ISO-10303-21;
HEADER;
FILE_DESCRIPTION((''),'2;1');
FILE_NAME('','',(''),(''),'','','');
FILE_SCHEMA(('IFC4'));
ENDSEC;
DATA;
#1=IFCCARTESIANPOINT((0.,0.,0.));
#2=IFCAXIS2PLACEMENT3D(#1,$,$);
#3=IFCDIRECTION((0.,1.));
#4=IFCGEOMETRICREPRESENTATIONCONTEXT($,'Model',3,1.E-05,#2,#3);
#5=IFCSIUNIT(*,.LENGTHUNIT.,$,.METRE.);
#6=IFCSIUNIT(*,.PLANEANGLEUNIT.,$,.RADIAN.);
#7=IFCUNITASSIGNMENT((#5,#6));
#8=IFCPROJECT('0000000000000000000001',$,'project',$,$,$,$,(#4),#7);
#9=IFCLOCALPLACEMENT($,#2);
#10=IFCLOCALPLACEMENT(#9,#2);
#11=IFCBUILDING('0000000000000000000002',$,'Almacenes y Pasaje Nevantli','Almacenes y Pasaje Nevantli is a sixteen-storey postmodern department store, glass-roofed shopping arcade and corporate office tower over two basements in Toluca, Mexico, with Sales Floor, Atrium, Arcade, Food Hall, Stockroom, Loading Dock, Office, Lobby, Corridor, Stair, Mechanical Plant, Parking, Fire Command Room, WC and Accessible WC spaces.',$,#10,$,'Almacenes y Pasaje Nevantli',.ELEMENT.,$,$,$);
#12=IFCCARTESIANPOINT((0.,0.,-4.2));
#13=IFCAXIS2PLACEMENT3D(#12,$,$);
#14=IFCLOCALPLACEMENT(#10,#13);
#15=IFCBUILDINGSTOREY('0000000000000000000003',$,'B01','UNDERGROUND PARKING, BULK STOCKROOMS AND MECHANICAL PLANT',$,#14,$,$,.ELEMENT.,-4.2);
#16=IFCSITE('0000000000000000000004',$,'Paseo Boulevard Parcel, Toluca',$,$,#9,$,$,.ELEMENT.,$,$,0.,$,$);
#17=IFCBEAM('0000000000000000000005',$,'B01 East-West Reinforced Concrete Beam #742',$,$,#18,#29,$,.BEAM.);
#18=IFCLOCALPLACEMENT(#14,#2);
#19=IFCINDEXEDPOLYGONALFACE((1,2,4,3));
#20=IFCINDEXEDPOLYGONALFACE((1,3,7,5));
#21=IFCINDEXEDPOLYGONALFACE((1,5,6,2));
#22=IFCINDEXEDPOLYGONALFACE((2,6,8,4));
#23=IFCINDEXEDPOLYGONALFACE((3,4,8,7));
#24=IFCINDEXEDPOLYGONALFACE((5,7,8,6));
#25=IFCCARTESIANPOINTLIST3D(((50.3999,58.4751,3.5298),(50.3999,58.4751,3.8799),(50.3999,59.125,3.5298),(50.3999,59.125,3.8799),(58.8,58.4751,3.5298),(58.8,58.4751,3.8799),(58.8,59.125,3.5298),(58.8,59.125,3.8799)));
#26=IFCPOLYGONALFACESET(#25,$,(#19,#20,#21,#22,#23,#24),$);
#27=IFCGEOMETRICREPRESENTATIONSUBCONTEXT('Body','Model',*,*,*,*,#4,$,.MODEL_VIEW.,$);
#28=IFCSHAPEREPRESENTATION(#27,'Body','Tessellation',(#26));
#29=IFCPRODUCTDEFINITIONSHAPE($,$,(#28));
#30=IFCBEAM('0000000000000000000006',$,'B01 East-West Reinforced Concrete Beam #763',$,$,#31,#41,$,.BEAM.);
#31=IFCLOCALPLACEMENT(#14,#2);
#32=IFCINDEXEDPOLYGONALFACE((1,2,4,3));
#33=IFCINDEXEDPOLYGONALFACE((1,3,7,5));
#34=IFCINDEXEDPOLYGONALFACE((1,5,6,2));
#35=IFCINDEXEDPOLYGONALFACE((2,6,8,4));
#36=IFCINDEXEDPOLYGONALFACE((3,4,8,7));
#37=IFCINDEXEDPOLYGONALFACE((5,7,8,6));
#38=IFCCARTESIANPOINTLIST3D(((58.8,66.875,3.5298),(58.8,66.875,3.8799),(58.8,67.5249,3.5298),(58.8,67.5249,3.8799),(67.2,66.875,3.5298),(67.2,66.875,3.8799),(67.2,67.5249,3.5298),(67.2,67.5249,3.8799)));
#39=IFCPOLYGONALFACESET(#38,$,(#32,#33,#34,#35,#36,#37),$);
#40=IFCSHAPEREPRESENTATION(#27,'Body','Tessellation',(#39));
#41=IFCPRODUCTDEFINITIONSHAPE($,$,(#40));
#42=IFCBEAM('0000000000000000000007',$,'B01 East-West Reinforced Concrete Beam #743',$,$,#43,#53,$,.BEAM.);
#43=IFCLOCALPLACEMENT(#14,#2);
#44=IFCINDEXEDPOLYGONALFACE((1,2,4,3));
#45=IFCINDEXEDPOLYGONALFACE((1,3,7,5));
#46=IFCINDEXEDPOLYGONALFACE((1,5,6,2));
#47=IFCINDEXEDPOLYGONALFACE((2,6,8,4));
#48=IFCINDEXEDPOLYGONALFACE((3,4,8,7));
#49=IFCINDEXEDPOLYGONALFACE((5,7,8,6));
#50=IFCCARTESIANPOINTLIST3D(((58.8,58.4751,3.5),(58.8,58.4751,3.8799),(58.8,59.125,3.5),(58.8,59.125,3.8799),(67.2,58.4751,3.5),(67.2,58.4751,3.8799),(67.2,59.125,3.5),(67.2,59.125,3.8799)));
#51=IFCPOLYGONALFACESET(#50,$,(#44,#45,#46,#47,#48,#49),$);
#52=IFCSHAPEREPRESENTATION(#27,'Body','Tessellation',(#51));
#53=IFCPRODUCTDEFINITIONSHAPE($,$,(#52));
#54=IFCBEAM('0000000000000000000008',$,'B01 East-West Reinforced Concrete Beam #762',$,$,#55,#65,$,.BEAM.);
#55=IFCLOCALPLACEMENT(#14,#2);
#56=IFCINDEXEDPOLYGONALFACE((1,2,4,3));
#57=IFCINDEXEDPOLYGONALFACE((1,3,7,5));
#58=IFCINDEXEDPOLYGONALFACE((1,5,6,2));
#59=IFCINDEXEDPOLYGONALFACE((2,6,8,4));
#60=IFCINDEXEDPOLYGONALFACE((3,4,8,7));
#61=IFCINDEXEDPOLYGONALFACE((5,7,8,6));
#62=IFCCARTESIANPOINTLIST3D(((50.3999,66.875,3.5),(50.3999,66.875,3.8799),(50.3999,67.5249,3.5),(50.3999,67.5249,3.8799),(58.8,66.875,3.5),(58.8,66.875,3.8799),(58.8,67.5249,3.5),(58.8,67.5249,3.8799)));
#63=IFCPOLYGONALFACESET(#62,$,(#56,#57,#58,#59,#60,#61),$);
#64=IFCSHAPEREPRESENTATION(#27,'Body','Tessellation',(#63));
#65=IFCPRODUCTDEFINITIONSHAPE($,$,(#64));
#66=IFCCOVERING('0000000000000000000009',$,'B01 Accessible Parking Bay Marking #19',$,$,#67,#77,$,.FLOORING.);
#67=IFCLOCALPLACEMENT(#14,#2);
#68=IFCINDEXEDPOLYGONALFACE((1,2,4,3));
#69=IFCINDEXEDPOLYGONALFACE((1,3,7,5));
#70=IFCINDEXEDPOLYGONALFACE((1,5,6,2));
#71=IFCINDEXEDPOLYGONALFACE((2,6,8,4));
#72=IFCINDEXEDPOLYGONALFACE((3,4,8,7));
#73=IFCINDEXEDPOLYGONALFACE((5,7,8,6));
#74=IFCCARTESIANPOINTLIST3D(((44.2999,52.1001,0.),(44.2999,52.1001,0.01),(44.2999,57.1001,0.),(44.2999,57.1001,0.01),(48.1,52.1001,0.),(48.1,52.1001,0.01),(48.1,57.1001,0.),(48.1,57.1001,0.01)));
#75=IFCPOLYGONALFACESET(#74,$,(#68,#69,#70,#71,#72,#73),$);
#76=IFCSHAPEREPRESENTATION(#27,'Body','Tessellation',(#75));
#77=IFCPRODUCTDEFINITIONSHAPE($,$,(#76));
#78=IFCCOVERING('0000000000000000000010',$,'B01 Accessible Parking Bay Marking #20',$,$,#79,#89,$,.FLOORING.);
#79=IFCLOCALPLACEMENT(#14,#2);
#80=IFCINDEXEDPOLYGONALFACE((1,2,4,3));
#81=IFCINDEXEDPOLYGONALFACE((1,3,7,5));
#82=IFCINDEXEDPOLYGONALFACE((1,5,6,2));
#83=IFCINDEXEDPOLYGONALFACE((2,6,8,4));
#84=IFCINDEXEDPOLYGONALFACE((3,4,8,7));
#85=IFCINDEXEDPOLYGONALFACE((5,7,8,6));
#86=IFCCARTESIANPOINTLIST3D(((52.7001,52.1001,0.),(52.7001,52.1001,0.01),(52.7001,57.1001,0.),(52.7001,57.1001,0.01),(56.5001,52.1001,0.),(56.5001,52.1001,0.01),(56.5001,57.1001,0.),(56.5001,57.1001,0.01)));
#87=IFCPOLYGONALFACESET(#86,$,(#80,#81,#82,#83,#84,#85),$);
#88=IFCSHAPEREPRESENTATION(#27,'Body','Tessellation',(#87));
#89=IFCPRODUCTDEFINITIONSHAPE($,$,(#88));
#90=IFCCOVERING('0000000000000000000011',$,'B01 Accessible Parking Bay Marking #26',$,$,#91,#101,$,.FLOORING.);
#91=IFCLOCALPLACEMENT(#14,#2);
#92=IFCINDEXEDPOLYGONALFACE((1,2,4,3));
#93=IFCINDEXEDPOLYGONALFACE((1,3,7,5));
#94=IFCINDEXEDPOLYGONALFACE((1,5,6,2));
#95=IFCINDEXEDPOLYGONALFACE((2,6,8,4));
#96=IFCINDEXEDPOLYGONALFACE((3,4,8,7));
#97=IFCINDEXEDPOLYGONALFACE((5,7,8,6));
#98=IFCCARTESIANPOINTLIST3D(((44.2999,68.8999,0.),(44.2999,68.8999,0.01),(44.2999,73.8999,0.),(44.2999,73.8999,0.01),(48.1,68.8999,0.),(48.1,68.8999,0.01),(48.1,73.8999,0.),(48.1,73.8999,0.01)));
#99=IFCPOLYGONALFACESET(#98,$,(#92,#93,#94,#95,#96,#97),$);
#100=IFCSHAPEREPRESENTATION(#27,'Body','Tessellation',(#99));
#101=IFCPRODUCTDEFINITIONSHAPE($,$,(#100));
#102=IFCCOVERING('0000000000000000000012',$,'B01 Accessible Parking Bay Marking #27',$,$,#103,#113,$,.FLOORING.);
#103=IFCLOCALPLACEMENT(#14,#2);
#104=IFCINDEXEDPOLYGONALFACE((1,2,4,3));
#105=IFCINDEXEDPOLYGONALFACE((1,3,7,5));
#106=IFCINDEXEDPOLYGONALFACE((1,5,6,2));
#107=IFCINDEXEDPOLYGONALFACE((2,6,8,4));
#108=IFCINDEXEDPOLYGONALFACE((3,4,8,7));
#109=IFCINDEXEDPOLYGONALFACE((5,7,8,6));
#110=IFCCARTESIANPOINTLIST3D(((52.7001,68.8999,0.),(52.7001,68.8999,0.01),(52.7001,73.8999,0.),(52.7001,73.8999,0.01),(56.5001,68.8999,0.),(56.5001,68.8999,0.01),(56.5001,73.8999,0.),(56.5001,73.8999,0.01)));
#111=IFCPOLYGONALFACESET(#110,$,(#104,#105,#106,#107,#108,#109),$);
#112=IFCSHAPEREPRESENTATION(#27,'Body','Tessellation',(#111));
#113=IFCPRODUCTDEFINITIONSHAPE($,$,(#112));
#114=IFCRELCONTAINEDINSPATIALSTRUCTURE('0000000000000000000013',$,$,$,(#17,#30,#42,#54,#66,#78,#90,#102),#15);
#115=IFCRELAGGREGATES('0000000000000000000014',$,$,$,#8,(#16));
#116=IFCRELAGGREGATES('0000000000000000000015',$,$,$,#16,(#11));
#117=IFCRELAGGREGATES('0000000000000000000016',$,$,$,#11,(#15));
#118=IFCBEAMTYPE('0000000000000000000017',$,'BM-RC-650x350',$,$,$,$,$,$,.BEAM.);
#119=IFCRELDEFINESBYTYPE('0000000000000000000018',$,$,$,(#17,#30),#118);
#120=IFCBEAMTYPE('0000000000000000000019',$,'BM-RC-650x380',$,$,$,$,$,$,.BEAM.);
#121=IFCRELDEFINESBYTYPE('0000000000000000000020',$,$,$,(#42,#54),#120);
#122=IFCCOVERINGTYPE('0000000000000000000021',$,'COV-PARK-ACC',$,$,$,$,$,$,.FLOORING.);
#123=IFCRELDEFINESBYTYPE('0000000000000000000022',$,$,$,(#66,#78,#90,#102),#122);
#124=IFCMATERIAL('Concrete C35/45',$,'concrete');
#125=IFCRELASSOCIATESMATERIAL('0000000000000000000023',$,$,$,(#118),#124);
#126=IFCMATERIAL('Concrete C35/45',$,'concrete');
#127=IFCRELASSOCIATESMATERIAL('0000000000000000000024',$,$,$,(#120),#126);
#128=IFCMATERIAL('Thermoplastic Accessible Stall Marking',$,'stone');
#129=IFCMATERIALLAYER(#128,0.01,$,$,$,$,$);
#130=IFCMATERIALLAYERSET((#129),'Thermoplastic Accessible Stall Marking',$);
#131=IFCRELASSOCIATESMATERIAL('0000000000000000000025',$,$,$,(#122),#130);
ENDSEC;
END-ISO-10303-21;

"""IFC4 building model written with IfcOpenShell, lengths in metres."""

from ifc_helpers import new_model, si_unit, direction, frame, origin, origin_2d, place, context, subcontext, project, spatial, rectangle, extrude, material, layer, layer_set, material_profile, profile_set, type_object, element, save


model = new_model("IFC4")

# Units and contexts
model_context = context("Model", 3, precision=1e-05, world=origin(), true_north=direction((0.0, 1.0)))
body_context = subcontext(model_context, "Body", "Model", "MODEL_VIEW")
ifc_project = project(units=[si_unit("LENGTHUNIT", "METRE"), si_unit("PLANEANGLEUNIT", "RADIAN")], contexts=[model_context])

# Site, building, storey
site_placement = place(None, origin())
site = spatial("IfcSite", under=ifc_project, at=site_placement, Name="Paseo Boulevard Parcel, Toluca", CompositionType="ELEMENT", RefElevation=0.0)
building_placement = place(site_placement, origin())
building = spatial("IfcBuilding", under=site, at=building_placement, Name="Almacenes y Pasaje Nevantli", Description="Almacenes y Pasaje Nevantli is a sixteen-storey postmodern department store, glass-roofed shopping arcade and corporate office tower over two basements in Toluca, Mexico, with Sales Floor, Atrium, Arcade, Food Hall, Stockroom, Loading Dock, Office, Lobby, Corridor, Stair, Mechanical Plant, Parking, Fire Command Room, WC and Accessible WC spaces.", LongName="Almacenes y Pasaje Nevantli", CompositionType="ELEMENT")
storey_placement = place(building_placement, frame((0.0, 0.0, -4.2)))
storey = spatial("IfcBuildingStorey", under=building, at=storey_placement, Name="B01", Description="UNDERGROUND PARKING, BULK STOCKROOMS AND MECHANICAL PLANT", CompositionType="ELEMENT", Elevation=-4.2)

# Beams
ifc_material_1 = material(Name="Concrete C35/45", Category="concrete")
ifc_material_profile_1 = material_profile(ifc_material_1, rectangle(XDim=0.6499, YDim=0.3501, at=origin_2d()), Name="RC-BM-650x350")
ifc_profile_set_1 = profile_set([ifc_material_profile_1], Name="Concrete C35/45")
beam_type_1 = type_object("IfcBeamType", Name="BM-RC-650x350", PredefinedType="BEAM", material=ifc_profile_set_1)
beam_1_placement = place(storey_placement, frame((50.3999, 58.8, 3.7048), z_axis=(1.0, 0.0, 0.0), x_axis=(0.0, 1.0, 0.0)))
element("IfcBeam", 1, at=beam_1_placement, inside=storey, type_object=beam_type_1, Name="B01 East-West Reinforced Concrete Beam #742", PredefinedType="BEAM", context=body_context, shape_type="SweptSolid", body=[
    extrude(rectangle(XDim=0.6499, YDim=0.3501, at=origin_2d()), origin(), (0.0, 0.0, 1.0), 8.4001),
])
beam_2_placement = place(storey_placement, frame((58.8, 67.2, 3.7048), z_axis=(1.0, 0.0, 0.0), x_axis=(0.0, 1.0, 0.0)))
element("IfcBeam", 2, at=beam_2_placement, inside=storey, type_object=beam_type_1, Name="B01 East-West Reinforced Concrete Beam #763", PredefinedType="BEAM", context=body_context, shape_type="SweptSolid", body=[
    extrude(rectangle(XDim=0.6499, YDim=0.3501, at=origin_2d()), origin(), (0.0, 0.0, 1.0), 8.3999),
])
ifc_material_2 = material(Name="Concrete C35/45", Category="concrete")
ifc_material_profile_2 = material_profile(ifc_material_2, rectangle(XDim=0.6499, YDim=0.3799, at=origin_2d()), Name="RC-BM-650x380")
ifc_profile_set_2 = profile_set([ifc_material_profile_2], Name="Concrete C35/45")
beam_type_2 = type_object("IfcBeamType", Name="BM-RC-650x380", PredefinedType="BEAM", material=ifc_profile_set_2)
beam_3_placement = place(storey_placement, frame((58.8, 58.8, 3.6899), z_axis=(1.0, 0.0, 0.0), x_axis=(0.0, 1.0, 0.0)))
element("IfcBeam", 3, at=beam_3_placement, inside=storey, type_object=beam_type_2, Name="B01 East-West Reinforced Concrete Beam #743", PredefinedType="BEAM", context=body_context, shape_type="SweptSolid", body=[
    extrude(rectangle(XDim=0.6499, YDim=0.3799, at=origin_2d()), origin(), (0.0, 0.0, 1.0), 8.3999),
])
beam_4_placement = place(storey_placement, frame((50.3999, 67.2, 3.6899), z_axis=(1.0, 0.0, 0.0), x_axis=(0.0, 1.0, 0.0)))
element("IfcBeam", 4, at=beam_4_placement, inside=storey, type_object=beam_type_2, Name="B01 East-West Reinforced Concrete Beam #762", PredefinedType="BEAM", context=body_context, shape_type="SweptSolid", body=[
    extrude(rectangle(XDim=0.6499, YDim=0.3799, at=origin_2d()), origin(), (0.0, 0.0, 1.0), 8.4001),
])

# Coverings
ifc_material_3 = material(Name="Thermoplastic Accessible Stall Marking", Category="stone")
ifc_layer = layer(ifc_material_3, 0.01)
ifc_layer_set = layer_set([ifc_layer], Name="Thermoplastic Accessible Stall Marking")
covering_type = type_object("IfcCoveringType", Name="COV-PARK-ACC", PredefinedType="FLOORING", material=ifc_layer_set)
for number, where, z_axis, x_axis, name in (
    (5, (46.2, 54.6001, 0.0), (0.0, 0.0, 1.0), (1.0, 0.0, 0.0), "B01 Accessible Parking Bay Marking #19"),
    (6, (54.6001, 54.6001, 0.0), (0.0, 0.0, 1.0), (1.0, 0.0, 0.0), "B01 Accessible Parking Bay Marking #20"),
    (7, (46.2, 71.3999, 0.0), (0.0, 0.0, 1.0), (1.0, 0.0, 0.0), "B01 Accessible Parking Bay Marking #26"),
    (8, (54.6001, 71.3999, 0.0), (0.0, 0.0, 1.0), (1.0, 0.0, 0.0), "B01 Accessible Parking Bay Marking #27"),
):
    element("IfcCovering", number, at=place(storey_placement, frame(where, z_axis=z_axis, x_axis=x_axis)), inside=storey, type_object=covering_type, Name=name, PredefinedType="FLOORING", context=body_context, shape_type="SweptSolid", body=[
        extrude(rectangle(XDim=3.8, YDim=5.0, at=origin_2d()), origin(), (0.0, 0.0, 1.0), 0.01),
    ])

save(model, "model.ifc")
